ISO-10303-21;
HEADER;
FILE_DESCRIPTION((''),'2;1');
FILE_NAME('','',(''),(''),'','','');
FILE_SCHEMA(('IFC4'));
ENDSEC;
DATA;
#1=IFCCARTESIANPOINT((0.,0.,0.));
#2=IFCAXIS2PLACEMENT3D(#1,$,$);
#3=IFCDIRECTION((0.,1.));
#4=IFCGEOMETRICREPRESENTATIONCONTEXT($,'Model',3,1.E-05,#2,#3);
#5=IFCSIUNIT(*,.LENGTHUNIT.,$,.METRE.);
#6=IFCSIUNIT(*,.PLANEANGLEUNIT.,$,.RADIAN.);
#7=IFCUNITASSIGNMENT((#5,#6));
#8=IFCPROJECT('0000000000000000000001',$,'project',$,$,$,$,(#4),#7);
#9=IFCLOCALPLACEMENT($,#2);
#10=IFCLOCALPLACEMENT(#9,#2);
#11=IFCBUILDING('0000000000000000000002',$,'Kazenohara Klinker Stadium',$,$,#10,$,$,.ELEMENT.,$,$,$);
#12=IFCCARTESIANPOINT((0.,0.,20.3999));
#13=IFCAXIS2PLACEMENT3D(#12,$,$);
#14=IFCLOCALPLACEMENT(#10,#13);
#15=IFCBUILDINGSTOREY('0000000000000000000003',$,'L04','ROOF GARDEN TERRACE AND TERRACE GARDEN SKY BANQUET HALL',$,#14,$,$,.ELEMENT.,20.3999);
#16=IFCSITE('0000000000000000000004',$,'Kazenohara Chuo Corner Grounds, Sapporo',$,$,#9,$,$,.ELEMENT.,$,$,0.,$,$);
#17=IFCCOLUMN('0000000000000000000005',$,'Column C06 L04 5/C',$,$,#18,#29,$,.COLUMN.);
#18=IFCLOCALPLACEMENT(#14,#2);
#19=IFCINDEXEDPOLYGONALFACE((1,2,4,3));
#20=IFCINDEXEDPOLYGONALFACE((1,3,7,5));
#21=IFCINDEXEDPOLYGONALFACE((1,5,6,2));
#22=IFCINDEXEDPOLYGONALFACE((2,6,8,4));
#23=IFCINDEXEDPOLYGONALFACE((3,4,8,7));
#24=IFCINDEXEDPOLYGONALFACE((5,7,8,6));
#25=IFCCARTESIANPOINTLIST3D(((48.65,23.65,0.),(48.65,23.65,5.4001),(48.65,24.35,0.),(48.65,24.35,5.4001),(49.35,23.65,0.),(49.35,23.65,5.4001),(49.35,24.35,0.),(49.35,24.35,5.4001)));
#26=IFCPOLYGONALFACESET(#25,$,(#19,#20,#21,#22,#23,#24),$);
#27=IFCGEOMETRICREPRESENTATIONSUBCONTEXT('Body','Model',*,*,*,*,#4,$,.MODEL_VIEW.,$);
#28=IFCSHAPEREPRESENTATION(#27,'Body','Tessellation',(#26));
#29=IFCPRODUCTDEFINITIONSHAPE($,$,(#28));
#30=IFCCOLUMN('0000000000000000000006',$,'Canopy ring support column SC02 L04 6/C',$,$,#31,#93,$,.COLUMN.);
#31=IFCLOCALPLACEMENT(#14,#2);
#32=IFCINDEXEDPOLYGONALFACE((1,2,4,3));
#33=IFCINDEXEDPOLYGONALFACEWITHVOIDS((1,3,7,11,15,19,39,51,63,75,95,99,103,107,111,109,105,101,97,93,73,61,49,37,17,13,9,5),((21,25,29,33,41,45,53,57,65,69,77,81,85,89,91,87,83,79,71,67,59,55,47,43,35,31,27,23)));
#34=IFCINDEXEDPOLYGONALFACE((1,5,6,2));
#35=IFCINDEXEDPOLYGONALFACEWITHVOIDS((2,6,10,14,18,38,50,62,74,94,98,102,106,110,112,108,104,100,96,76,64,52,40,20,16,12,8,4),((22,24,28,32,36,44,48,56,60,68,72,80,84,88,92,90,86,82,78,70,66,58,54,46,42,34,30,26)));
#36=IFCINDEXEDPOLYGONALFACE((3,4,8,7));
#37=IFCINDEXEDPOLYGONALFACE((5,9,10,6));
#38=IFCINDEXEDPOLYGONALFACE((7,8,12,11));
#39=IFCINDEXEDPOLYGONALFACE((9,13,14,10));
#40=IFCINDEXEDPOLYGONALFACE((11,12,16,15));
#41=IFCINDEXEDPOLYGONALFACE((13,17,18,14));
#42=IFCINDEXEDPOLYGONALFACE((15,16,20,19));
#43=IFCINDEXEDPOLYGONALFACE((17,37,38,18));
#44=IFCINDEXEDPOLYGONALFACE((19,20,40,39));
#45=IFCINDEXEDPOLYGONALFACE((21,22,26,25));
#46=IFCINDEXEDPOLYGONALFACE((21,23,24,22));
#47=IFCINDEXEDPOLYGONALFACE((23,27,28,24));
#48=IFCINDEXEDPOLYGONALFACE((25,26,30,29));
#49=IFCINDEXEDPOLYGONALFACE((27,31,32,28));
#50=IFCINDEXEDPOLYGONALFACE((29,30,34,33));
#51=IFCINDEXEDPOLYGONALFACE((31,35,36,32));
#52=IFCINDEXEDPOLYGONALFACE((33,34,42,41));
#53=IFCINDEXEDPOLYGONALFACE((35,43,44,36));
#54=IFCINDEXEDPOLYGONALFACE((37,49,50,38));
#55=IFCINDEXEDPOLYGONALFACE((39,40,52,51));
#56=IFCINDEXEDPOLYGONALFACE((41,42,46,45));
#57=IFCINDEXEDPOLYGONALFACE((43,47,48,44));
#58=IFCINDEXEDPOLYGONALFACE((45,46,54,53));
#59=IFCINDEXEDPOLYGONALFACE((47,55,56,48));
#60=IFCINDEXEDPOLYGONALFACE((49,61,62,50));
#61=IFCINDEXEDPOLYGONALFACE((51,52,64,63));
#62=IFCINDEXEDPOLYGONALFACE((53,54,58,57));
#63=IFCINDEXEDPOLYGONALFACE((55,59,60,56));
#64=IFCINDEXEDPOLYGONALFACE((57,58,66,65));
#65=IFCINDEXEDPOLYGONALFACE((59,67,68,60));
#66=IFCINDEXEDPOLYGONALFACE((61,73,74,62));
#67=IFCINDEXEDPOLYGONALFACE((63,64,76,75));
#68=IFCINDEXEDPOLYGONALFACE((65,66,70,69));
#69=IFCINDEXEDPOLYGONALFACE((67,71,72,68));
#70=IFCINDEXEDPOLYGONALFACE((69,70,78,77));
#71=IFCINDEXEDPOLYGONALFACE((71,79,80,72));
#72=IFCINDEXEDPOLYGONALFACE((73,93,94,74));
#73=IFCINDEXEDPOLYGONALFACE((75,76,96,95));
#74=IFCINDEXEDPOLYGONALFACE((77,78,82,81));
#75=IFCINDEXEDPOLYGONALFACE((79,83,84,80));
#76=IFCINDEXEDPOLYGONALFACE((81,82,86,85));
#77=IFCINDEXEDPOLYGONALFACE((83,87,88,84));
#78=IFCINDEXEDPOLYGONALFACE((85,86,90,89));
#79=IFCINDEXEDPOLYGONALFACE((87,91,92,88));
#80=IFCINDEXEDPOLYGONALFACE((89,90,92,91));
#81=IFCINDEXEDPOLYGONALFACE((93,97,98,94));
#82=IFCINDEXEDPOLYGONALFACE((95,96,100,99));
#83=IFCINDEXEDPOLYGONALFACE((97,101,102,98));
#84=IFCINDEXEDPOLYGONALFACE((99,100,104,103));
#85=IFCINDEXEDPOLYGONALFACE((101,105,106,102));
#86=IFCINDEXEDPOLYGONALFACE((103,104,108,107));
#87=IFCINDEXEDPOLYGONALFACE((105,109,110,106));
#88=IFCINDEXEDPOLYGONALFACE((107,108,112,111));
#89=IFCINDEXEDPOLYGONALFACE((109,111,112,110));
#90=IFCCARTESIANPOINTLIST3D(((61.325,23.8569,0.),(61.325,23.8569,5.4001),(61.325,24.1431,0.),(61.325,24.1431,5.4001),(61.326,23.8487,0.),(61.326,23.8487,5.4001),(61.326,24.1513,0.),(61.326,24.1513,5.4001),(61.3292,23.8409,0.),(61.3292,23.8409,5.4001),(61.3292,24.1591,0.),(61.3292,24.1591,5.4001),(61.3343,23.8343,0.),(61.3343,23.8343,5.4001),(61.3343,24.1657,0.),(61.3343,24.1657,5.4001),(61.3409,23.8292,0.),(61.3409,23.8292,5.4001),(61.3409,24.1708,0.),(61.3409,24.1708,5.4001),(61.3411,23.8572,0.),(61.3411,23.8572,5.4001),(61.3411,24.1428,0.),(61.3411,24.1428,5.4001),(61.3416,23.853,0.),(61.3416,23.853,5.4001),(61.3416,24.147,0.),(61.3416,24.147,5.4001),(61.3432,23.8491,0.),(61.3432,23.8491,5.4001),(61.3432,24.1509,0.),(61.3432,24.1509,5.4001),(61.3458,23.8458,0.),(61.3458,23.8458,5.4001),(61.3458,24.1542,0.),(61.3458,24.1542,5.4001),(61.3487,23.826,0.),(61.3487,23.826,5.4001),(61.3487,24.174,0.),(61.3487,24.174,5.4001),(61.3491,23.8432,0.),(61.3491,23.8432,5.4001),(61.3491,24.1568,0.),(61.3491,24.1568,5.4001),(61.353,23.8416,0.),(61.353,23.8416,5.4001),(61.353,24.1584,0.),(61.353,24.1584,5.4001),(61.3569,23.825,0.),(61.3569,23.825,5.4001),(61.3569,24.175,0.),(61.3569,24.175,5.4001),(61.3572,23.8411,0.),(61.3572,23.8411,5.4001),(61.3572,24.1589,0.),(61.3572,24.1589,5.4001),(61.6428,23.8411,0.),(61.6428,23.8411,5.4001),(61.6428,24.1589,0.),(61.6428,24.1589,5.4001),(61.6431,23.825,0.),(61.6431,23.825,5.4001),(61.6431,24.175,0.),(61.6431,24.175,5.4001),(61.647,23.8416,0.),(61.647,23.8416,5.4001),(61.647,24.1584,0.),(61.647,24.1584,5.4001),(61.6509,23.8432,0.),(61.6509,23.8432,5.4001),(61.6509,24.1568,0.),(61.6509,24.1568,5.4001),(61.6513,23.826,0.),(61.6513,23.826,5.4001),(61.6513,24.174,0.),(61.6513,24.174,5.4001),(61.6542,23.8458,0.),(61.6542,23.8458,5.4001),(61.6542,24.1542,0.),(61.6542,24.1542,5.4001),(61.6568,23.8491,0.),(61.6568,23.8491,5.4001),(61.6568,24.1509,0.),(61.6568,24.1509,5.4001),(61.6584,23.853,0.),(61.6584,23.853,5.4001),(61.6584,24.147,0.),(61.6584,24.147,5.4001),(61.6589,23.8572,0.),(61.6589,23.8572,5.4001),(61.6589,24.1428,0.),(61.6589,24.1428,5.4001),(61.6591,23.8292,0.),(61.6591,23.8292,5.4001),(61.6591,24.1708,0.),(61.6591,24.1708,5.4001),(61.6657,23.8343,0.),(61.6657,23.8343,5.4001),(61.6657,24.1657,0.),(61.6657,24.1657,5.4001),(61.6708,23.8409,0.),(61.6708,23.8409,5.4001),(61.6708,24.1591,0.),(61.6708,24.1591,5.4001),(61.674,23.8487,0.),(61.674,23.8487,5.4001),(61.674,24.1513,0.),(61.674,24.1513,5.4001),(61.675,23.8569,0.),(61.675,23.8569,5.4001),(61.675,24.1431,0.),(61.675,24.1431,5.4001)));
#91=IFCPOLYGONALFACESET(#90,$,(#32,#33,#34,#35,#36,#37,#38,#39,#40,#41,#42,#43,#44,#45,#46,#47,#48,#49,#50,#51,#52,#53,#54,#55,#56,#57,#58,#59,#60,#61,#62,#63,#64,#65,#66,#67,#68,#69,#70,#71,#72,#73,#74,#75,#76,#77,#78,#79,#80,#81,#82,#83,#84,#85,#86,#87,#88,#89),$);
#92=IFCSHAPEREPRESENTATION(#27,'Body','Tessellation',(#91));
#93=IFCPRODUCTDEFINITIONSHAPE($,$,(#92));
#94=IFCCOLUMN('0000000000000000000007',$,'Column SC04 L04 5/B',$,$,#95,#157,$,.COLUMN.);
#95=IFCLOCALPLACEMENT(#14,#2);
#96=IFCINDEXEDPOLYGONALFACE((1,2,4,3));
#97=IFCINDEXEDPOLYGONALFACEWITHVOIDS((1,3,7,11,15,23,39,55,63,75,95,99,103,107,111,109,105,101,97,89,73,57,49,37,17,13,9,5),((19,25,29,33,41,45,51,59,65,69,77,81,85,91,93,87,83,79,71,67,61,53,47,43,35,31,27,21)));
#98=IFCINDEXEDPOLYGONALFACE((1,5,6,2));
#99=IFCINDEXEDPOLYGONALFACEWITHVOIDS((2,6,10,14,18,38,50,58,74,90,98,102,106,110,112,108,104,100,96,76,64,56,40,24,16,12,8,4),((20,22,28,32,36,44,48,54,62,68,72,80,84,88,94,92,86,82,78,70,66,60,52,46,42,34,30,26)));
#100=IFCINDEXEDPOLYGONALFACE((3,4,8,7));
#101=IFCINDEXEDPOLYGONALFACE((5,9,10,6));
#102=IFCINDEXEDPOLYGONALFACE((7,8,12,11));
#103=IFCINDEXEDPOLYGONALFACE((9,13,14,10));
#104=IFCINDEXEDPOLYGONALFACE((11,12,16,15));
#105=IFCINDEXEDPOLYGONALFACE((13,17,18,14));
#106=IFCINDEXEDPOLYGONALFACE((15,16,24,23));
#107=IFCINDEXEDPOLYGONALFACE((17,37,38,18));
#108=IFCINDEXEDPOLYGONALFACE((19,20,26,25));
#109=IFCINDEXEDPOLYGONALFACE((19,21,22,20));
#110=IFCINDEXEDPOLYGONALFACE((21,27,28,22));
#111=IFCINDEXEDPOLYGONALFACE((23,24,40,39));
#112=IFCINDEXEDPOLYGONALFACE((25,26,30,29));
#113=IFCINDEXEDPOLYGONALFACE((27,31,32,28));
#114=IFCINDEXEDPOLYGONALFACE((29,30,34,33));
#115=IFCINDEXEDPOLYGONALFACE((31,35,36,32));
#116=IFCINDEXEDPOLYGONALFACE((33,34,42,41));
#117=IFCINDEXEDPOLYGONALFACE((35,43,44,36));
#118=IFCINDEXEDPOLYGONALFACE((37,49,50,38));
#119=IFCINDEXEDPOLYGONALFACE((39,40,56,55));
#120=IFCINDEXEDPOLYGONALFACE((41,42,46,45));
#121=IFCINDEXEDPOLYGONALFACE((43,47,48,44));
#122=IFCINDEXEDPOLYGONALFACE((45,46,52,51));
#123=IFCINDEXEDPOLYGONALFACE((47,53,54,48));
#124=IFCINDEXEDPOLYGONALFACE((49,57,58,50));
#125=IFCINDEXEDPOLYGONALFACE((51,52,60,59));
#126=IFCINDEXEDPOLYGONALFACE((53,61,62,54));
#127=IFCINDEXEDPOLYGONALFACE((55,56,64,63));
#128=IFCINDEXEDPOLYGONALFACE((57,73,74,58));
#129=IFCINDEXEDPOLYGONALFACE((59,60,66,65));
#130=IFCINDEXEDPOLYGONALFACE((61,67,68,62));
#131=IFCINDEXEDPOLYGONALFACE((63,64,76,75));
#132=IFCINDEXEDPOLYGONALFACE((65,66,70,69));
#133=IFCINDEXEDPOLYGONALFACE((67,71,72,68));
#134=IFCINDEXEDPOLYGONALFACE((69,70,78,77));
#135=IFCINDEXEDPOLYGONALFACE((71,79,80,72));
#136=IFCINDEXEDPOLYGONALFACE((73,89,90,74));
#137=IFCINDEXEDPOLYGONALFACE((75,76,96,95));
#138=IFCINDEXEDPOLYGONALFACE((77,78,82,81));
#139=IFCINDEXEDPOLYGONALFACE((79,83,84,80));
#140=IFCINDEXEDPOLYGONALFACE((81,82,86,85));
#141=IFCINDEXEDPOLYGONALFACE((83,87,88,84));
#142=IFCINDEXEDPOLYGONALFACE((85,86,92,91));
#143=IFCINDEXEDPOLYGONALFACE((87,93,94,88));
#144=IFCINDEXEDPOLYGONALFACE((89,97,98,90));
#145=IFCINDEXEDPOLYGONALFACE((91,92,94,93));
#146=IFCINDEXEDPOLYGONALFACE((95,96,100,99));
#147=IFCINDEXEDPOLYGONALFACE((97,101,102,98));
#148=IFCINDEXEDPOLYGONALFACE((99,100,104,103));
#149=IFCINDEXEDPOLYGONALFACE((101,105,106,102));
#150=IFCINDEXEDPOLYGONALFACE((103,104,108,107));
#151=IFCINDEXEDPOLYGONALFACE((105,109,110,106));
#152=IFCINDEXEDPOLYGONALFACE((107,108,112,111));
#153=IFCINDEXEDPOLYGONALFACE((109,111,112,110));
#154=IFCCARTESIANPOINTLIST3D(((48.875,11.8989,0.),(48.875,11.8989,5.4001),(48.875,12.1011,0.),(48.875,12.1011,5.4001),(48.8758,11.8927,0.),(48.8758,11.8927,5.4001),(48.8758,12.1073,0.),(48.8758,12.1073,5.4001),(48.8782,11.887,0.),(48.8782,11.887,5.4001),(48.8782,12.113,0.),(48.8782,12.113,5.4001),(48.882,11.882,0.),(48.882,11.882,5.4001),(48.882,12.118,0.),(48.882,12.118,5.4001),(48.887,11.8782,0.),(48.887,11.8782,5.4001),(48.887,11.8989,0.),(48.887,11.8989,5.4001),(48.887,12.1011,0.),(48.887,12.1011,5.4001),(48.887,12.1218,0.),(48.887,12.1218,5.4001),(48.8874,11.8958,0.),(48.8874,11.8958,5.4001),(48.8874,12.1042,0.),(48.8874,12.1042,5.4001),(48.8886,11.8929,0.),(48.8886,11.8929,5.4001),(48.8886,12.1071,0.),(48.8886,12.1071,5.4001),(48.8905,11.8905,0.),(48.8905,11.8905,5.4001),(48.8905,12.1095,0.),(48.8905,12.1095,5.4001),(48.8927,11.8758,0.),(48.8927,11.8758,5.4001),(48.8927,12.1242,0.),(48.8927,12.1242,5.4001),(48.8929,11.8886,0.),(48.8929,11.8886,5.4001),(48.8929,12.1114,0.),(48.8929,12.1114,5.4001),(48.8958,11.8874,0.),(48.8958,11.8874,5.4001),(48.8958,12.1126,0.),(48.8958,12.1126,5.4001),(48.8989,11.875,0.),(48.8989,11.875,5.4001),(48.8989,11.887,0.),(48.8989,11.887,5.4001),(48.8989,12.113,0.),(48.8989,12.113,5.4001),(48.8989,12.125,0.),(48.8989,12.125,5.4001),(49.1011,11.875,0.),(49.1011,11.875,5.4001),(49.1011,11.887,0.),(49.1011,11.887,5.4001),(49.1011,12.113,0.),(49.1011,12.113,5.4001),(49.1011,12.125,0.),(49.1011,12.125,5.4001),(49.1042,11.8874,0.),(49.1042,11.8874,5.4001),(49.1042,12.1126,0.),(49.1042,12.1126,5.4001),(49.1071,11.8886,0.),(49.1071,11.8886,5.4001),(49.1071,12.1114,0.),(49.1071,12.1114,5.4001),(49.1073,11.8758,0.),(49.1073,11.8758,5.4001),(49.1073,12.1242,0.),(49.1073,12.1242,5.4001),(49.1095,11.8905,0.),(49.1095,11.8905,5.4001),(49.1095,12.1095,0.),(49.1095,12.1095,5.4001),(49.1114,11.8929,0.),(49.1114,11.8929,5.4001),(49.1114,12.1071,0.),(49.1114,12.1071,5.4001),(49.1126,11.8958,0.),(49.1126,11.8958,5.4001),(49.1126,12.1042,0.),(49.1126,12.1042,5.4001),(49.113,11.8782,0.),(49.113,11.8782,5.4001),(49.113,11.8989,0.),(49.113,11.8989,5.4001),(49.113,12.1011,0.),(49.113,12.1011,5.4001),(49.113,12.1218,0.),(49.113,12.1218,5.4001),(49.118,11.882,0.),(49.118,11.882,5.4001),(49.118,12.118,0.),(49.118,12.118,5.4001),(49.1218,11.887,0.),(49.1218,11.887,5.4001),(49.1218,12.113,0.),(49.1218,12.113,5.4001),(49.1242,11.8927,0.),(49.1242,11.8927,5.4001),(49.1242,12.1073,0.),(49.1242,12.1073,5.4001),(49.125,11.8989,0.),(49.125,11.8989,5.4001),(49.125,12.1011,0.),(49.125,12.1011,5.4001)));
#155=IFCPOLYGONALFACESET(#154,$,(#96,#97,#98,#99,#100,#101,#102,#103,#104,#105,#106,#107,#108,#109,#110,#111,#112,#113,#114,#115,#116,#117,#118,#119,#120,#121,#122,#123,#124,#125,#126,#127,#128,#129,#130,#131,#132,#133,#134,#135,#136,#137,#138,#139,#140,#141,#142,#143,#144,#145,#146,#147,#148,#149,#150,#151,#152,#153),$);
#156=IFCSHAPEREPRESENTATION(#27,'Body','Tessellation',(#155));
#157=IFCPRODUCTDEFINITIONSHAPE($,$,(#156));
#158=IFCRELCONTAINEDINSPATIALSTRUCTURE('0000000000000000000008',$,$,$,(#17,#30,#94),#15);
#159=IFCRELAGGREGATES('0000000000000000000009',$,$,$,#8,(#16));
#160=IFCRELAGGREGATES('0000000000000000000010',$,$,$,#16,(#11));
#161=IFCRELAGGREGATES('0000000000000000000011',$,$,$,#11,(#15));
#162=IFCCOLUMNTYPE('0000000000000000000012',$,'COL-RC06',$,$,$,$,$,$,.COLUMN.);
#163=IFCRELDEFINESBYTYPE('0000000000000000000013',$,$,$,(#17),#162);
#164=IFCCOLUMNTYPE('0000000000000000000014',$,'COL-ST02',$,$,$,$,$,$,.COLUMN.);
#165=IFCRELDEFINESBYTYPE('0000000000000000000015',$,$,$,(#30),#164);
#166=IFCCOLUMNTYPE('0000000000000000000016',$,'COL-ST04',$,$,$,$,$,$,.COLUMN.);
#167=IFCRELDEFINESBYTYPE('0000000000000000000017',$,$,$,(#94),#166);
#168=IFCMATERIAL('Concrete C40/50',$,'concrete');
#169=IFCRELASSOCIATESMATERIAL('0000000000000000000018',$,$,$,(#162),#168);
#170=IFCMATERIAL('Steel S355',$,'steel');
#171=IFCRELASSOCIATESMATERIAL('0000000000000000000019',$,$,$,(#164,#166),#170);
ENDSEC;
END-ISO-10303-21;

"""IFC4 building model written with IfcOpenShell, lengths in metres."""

from ifc_helpers import new_model, si_unit, direction, frame, origin, origin_2d, place, context, subcontext, project, spatial, rectangle, hollow_rectangle, extrude, material, material_profile, profile_set, type_object, element, save


model = new_model("IFC4")

# Units and contexts
model_context = context("Model", 3, precision=1e-05, world=origin(), true_north=direction((0.0, 1.0)))
body_context = subcontext(model_context, "Body", "Model", "MODEL_VIEW")
ifc_project = project(units=[si_unit("LENGTHUNIT", "METRE"), si_unit("PLANEANGLEUNIT", "RADIAN")], contexts=[model_context])

# Site, building, storey
site_placement = place(None, origin())
site = spatial("IfcSite", under=ifc_project, at=site_placement, Name="Kazenohara Chuo Corner Grounds, Sapporo", CompositionType="ELEMENT", RefElevation=0.0)
building_placement = place(site_placement, origin())
building = spatial("IfcBuilding", under=site, at=building_placement, Name="Kazenohara Klinker Stadium", CompositionType="ELEMENT")
storey_placement = place(building_placement, frame((0.0, 0.0, 20.3999)))
storey = spatial("IfcBuildingStorey", under=building, at=storey_placement, Name="L04", Description="ROOF GARDEN TERRACE AND TERRACE GARDEN SKY BANQUET HALL", CompositionType="ELEMENT", Elevation=20.3999)

# Columns
ifc_material_1 = material(Name="Concrete C40/50", Category="concrete")
ifc_material_profile_1 = material_profile(ifc_material_1, rectangle(XDim=0.7, YDim=0.7, at=origin_2d()), Name="RC-COL-700x700")
ifc_profile_set_1 = profile_set([ifc_material_profile_1], Name="Concrete C40/50")
column_type_1 = type_object("IfcColumnType", Name="COL-RC06", PredefinedType="COLUMN", material=ifc_profile_set_1)
column_1_placement = place(storey_placement, frame((49.0, 24.0, 0.0), z_axis=(0.0, 0.0, 1.0), x_axis=(1.0, 0.0, 0.0)))
element("IfcColumn", 1, at=column_1_placement, inside=storey, type_object=column_type_1, Name="Column C06 L04 5/C", PredefinedType="COLUMN", context=body_context, shape_type="SweptSolid", body=[
    extrude(rectangle(XDim=0.7, YDim=0.7, at=origin_2d()), origin(), (0.0, 0.0, 1.0), 5.4001),
])
ifc_material_2 = material(Name="Steel S355", Category="steel")
ifc_material_profile_2 = material_profile(ifc_material_2, hollow_rectangle(XDim=0.3501, YDim=0.3501, WallThickness=0.0161, InnerFilletRadius=0.0161, OuterFilletRadius=0.032, at=origin_2d()), Name="SHS-350x350x16")
ifc_profile_set_2 = profile_set([ifc_material_profile_2], Name="Steel S355")
column_type_2 = type_object("IfcColumnType", Name="COL-ST02", PredefinedType="COLUMN", material=ifc_profile_set_2)
column_2_placement = place(storey_placement, frame((61.5, 24.0, 0.0), z_axis=(0.0, 0.0, 1.0), x_axis=(1.0, 0.0, 0.0)))
element("IfcColumn", 2, at=column_2_placement, inside=storey, type_object=column_type_2, Name="Canopy ring support column SC02 L04 6/C", PredefinedType="COLUMN", context=body_context, shape_type="SweptSolid", body=[
    extrude(hollow_rectangle(XDim=0.3501, YDim=0.3501, WallThickness=0.0161, InnerFilletRadius=0.0161, OuterFilletRadius=0.032, at=origin_2d()), origin(), (0.0, 0.0, 1.0), 5.4001),
])
ifc_material_profile_3 = material_profile(ifc_material_2, hollow_rectangle(XDim=0.25, YDim=0.25, WallThickness=0.012, InnerFilletRadius=0.012, OuterFilletRadius=0.0239, at=origin_2d()), Name="SHS-250x250x12")
ifc_profile_set_3 = profile_set([ifc_material_profile_3], Name="Steel S355")
column_type_3 = type_object("IfcColumnType", Name="COL-ST04", PredefinedType="COLUMN", material=ifc_profile_set_3)
column_3_placement = place(storey_placement, frame((49.0, 12.0, 0.0), z_axis=(0.0, 0.0, 1.0), x_axis=(1.0, 0.0, 0.0)))
element("IfcColumn", 3, at=column_3_placement, inside=storey, type_object=column_type_3, Name="Column SC04 L04 5/B", PredefinedType="COLUMN", context=body_context, shape_type="SweptSolid", body=[
    extrude(hollow_rectangle(XDim=0.25, YDim=0.25, WallThickness=0.012, InnerFilletRadius=0.012, OuterFilletRadius=0.0239, at=origin_2d()), origin(), (0.0, 0.0, 1.0), 5.4001),
])

save(model, "model.ifc")
